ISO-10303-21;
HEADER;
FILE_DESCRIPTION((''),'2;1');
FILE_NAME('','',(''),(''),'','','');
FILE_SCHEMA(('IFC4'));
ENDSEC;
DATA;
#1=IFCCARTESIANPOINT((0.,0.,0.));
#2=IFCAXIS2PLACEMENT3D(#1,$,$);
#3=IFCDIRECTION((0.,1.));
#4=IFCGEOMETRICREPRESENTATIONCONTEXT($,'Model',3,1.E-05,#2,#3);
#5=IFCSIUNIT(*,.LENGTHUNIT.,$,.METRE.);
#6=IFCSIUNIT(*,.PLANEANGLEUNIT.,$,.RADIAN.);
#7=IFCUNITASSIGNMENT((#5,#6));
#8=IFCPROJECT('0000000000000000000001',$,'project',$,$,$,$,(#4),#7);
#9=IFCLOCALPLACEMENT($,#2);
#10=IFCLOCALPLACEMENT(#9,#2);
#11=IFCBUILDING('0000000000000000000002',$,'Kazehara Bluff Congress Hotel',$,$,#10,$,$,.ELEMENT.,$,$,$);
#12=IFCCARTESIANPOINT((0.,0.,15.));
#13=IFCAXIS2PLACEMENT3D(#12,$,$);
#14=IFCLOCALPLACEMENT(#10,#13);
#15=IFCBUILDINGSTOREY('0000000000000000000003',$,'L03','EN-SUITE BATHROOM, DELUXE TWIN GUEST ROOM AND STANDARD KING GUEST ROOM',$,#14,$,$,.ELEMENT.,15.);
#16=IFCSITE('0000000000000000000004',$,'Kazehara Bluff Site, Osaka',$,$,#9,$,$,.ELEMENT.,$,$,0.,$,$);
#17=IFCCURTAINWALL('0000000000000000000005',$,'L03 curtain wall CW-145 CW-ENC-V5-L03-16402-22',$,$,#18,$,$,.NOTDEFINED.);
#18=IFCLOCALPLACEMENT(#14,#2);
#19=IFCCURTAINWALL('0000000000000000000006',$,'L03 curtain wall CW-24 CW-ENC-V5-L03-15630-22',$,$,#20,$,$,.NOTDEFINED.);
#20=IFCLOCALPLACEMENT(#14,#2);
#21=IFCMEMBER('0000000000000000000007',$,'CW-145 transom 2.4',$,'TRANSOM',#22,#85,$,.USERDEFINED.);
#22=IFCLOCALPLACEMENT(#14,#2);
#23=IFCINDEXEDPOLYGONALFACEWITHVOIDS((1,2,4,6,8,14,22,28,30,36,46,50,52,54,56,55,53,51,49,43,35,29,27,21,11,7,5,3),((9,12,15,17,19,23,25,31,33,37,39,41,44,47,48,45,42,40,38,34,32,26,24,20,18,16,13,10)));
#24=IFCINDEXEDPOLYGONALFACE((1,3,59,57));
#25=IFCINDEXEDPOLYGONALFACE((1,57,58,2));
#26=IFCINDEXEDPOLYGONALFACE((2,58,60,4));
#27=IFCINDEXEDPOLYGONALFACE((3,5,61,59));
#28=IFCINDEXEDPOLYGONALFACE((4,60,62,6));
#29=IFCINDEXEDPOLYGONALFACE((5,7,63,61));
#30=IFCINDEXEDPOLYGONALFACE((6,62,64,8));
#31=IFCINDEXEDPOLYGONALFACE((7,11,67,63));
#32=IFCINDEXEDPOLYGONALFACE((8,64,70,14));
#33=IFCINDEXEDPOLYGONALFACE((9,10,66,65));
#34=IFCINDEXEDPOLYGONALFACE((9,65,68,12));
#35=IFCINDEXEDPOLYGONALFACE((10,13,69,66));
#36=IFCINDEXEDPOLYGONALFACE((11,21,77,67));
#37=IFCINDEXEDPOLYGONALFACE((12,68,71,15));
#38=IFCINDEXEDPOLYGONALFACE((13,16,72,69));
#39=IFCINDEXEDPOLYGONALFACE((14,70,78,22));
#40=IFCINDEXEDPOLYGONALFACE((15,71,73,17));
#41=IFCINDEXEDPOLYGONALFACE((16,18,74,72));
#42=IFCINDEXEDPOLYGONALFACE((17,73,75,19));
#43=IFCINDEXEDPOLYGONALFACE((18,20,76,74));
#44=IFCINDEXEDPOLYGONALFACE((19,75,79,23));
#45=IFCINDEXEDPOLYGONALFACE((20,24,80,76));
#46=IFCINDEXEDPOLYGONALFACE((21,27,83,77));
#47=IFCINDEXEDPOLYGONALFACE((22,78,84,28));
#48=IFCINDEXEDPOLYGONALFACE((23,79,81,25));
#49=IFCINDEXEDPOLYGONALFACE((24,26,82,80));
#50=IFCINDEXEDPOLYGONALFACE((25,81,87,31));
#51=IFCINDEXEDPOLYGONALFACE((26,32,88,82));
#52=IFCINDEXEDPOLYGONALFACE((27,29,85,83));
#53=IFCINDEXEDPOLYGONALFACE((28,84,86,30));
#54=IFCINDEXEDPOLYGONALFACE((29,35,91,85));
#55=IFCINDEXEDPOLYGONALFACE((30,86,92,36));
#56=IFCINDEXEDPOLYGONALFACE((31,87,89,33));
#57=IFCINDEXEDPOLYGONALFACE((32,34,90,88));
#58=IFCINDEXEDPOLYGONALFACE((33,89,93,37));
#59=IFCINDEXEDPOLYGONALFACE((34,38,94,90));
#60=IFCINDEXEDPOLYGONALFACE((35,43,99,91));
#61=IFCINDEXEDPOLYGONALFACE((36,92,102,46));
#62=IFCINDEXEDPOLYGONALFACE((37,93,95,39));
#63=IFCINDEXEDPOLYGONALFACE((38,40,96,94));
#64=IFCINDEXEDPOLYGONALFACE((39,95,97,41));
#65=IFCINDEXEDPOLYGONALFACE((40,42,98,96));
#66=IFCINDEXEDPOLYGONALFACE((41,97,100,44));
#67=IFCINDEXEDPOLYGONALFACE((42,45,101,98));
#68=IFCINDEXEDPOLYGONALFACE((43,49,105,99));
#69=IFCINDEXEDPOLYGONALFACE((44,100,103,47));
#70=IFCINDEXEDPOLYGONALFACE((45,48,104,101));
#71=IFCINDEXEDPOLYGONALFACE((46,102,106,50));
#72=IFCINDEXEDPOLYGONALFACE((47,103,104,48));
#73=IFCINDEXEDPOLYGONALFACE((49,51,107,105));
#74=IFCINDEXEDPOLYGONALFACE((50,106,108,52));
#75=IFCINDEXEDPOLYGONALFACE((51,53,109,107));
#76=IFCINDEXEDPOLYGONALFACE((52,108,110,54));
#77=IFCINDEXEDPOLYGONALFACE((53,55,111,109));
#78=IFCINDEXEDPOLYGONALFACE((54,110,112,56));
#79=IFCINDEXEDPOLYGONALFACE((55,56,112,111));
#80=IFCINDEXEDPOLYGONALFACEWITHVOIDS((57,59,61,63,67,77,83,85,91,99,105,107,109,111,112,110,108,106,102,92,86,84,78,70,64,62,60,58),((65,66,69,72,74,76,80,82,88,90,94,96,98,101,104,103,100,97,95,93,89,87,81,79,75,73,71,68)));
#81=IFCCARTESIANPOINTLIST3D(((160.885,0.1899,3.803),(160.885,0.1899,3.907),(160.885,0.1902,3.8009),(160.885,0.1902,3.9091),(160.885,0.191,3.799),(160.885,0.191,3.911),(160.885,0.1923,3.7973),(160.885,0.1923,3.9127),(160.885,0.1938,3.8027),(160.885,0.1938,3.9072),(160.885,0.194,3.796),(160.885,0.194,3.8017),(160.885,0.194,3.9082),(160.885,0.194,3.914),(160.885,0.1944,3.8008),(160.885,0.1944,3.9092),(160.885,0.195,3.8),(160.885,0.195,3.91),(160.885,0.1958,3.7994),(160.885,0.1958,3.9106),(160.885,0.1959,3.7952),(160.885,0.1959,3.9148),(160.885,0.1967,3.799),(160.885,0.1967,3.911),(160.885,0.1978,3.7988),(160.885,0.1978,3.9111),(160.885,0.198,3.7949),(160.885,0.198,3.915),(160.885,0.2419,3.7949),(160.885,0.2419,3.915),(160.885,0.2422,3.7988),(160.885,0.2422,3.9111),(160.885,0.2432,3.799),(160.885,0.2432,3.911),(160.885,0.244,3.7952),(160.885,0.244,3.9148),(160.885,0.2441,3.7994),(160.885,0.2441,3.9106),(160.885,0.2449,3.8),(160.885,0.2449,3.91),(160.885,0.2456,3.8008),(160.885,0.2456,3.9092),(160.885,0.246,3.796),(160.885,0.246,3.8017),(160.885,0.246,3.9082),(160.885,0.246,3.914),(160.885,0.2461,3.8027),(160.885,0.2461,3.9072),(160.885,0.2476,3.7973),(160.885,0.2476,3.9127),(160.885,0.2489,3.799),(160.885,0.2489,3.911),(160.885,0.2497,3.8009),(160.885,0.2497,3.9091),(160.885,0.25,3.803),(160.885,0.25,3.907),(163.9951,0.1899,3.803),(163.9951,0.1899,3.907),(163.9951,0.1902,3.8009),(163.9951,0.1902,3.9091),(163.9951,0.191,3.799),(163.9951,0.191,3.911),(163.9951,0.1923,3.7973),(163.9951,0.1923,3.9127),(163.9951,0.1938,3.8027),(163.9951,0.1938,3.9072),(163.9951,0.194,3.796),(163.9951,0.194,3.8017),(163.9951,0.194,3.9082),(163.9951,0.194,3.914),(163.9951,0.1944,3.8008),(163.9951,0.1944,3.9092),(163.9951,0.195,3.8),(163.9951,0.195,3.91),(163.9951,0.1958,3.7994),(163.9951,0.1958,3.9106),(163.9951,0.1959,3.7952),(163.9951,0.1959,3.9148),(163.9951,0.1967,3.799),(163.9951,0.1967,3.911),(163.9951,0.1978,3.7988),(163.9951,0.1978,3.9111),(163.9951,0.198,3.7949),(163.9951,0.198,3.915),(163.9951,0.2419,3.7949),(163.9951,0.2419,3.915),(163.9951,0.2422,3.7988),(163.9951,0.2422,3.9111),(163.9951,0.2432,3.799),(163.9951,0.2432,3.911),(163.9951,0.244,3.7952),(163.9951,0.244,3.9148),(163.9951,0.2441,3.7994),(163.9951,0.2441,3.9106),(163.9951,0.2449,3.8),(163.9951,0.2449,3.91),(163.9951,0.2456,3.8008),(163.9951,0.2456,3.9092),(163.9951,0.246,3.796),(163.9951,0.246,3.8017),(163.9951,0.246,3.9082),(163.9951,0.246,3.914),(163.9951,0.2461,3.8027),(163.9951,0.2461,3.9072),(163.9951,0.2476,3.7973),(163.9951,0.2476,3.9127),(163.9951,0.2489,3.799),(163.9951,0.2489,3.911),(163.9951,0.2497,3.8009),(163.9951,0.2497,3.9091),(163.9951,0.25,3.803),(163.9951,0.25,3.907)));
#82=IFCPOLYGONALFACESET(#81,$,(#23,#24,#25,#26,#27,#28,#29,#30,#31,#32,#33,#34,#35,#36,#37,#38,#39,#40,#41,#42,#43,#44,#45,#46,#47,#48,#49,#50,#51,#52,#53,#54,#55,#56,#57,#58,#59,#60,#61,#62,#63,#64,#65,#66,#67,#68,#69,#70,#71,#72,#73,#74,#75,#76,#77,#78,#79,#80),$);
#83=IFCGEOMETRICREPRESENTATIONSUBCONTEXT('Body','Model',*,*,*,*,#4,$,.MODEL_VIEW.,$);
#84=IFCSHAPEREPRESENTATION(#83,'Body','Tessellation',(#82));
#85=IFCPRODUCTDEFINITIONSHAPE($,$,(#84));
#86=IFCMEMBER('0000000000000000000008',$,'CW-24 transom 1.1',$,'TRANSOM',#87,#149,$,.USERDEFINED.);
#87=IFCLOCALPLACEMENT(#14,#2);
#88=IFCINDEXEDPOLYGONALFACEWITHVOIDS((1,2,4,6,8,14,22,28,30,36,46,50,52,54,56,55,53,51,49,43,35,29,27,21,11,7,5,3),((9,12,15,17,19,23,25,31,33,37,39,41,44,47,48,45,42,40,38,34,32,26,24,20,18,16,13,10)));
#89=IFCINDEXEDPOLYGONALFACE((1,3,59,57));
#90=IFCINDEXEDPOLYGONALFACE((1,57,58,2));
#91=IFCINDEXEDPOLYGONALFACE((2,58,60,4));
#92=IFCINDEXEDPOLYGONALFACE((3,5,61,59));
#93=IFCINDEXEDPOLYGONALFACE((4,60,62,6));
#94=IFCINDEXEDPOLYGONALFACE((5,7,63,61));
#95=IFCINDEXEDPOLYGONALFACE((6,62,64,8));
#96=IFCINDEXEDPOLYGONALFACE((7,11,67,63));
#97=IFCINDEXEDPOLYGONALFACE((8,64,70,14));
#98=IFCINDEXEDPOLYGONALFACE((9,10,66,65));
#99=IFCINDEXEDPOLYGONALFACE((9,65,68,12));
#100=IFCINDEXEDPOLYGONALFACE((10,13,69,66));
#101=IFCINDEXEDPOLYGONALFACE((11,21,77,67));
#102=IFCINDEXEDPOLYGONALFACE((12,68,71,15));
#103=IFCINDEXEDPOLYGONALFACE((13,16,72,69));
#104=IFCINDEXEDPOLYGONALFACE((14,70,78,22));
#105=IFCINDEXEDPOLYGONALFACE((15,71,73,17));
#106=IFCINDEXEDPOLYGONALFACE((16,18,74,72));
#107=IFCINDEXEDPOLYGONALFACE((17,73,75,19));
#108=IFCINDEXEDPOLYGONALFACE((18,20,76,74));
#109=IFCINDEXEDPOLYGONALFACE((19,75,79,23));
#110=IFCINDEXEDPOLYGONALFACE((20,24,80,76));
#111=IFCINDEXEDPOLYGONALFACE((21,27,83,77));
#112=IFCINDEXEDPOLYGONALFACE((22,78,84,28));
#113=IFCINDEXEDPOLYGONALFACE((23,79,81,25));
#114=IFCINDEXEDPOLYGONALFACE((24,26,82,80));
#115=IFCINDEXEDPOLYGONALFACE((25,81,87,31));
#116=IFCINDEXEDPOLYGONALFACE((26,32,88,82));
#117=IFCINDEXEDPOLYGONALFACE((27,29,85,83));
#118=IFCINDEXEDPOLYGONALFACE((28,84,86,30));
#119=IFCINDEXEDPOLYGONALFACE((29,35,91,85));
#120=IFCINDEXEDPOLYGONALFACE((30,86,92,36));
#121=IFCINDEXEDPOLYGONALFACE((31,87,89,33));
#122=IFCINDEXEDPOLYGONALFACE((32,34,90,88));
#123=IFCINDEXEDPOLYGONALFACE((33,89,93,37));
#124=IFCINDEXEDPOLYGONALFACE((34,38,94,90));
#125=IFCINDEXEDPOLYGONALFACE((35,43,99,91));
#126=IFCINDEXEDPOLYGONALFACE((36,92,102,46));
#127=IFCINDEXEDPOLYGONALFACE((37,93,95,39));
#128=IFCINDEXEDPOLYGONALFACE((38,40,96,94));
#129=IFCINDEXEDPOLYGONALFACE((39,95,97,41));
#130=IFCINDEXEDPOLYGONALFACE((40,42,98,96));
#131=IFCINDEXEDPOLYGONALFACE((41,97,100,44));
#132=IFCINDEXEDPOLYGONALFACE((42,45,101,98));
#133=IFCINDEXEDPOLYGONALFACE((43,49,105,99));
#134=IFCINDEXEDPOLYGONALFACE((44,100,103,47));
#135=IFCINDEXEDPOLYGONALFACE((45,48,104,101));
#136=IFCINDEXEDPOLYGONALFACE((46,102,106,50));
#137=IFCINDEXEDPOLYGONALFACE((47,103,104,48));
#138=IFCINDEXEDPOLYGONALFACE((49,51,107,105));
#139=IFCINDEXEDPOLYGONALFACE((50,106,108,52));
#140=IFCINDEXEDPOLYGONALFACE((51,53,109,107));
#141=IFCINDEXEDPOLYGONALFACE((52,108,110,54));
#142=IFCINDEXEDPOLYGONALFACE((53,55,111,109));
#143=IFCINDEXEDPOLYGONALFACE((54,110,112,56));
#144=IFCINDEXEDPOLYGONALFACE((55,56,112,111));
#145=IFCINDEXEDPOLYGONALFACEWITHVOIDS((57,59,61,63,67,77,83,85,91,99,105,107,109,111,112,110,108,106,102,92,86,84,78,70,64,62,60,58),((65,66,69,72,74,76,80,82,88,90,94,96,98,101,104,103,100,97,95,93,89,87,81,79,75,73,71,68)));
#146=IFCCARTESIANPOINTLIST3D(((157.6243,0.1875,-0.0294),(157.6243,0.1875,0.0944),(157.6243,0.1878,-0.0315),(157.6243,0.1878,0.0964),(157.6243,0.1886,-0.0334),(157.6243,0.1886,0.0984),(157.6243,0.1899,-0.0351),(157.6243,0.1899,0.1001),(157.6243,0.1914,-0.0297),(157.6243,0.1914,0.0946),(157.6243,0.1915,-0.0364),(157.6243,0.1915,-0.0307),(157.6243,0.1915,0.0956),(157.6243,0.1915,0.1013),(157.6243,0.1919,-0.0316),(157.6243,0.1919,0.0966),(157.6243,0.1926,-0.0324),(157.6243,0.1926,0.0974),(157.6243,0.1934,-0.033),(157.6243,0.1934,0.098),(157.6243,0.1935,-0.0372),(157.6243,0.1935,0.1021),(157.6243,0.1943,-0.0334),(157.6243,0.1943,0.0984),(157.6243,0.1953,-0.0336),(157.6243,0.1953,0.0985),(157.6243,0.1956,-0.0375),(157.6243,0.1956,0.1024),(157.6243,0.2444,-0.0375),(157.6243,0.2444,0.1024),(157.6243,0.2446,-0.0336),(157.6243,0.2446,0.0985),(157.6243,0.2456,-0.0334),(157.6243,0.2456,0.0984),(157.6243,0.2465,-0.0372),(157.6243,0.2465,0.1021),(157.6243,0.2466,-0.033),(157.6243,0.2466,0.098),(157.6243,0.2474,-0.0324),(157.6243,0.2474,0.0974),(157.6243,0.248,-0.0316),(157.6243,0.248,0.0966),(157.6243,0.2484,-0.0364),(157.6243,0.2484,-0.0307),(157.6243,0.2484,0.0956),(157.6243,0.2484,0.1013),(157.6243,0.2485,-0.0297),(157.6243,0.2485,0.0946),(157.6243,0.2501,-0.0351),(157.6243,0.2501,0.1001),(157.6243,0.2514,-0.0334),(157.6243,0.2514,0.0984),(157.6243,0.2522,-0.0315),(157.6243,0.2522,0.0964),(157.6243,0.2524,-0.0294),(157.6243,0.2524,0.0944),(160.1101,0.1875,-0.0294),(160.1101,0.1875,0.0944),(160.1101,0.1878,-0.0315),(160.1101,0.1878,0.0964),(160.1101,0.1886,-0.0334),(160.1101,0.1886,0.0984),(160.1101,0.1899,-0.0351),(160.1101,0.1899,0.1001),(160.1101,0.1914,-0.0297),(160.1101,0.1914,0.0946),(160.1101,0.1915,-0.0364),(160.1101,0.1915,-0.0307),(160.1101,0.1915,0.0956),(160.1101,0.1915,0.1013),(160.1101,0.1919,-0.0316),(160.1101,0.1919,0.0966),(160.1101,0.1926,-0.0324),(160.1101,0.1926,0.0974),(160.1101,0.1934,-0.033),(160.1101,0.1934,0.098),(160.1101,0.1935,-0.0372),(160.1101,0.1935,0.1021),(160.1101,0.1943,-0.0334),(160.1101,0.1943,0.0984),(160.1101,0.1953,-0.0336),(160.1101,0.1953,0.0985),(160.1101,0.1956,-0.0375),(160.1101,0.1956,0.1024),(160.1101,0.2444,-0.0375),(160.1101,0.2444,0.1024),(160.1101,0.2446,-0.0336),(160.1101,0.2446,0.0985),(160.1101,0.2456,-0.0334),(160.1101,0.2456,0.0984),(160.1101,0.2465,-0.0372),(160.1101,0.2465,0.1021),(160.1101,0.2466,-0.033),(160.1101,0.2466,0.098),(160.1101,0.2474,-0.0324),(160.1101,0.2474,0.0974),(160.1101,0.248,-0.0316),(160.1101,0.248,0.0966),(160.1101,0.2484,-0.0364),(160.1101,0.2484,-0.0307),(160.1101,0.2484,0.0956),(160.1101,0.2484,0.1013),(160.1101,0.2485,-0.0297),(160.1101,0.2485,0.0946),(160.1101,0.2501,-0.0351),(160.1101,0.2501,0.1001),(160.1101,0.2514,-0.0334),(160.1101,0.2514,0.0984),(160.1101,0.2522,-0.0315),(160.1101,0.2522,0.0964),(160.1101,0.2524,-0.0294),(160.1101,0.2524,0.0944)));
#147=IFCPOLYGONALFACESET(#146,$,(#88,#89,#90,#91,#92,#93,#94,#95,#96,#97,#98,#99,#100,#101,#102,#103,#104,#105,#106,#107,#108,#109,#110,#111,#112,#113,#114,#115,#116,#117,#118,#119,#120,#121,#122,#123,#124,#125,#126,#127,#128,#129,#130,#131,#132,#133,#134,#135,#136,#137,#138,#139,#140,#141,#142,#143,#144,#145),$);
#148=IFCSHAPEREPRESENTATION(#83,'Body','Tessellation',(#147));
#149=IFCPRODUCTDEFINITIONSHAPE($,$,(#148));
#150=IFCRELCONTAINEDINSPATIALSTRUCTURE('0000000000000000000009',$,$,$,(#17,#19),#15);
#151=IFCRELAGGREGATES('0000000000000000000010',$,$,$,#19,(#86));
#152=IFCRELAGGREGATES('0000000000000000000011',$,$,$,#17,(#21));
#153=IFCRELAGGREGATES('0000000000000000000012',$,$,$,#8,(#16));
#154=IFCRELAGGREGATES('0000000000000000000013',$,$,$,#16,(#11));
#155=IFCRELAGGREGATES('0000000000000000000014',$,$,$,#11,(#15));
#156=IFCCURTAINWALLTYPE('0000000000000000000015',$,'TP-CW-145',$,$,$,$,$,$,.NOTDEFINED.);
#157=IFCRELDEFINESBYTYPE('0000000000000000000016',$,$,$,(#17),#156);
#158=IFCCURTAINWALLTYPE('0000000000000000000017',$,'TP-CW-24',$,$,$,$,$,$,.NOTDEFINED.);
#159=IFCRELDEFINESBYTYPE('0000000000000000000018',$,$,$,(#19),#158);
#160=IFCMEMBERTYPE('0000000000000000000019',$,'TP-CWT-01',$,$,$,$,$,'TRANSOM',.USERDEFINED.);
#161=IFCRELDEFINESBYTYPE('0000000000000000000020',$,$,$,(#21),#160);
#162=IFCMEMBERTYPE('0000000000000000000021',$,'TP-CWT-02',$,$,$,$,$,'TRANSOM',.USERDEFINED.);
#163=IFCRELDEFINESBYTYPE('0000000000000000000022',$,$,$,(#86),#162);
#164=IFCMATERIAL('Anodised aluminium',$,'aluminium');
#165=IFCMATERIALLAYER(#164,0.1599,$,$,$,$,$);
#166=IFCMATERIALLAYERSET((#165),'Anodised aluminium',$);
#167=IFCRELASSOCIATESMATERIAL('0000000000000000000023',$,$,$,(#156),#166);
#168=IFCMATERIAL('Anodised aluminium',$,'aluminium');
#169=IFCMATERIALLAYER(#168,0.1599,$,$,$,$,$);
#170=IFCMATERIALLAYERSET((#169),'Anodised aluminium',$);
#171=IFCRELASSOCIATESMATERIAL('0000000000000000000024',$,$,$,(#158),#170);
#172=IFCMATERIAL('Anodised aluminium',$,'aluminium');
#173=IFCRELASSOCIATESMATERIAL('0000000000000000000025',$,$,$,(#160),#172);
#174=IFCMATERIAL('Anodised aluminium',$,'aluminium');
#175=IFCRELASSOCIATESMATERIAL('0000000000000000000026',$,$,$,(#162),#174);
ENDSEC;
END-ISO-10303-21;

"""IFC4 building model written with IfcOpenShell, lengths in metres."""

from ifc_helpers import new_model, si_unit, direction, frame, origin, origin_2d, place, context, subcontext, project, spatial, hollow_rectangle, extrude, material, layer, layer_set, material_profile, profile_set, type_object, element, aggregate, save


model = new_model("IFC4")

# Units and contexts
model_context = context("Model", 3, precision=1e-05, world=origin(), true_north=direction((0.0, 1.0)))
body_context = subcontext(model_context, "Body", "Model", "MODEL_VIEW")
ifc_project = project(units=[si_unit("LENGTHUNIT", "METRE"), si_unit("PLANEANGLEUNIT", "RADIAN")], contexts=[model_context])

# Site, building, storey
site_placement = place(None, origin())
site = spatial("IfcSite", under=ifc_project, at=site_placement, Name="Kazehara Bluff Site, Osaka", CompositionType="ELEMENT", RefElevation=0.0)
building_placement = place(site_placement, origin())
building = spatial("IfcBuilding", under=site, at=building_placement, Name="Kazehara Bluff Congress Hotel", CompositionType="ELEMENT")
storey_placement = place(building_placement, frame((0.0, 0.0, 15.0)))
storey = spatial("IfcBuildingStorey", under=building, at=storey_placement, Name="L03", Description="EN-SUITE BATHROOM, DELUXE TWIN GUEST ROOM AND STANDARD KING GUEST ROOM", CompositionType="ELEMENT", Elevation=15.0)

# Curtain walls
ifc_material_1 = material(Name="Anodised aluminium", Category="aluminium")
ifc_layer_1 = layer(ifc_material_1, 0.1599)
ifc_layer_set_1 = layer_set([ifc_layer_1], Name="Anodised aluminium")
curtain_wall_type_1 = type_object("IfcCurtainWallType", Name="TP-CW-145", PredefinedType="NOTDEFINED", material=ifc_layer_set_1)
curtain_wall_1_placement = place(storey_placement, origin())
curtain_wall_1 = element("IfcCurtainWall", 1, at=curtain_wall_1_placement, inside=storey, type_object=curtain_wall_type_1, Name="L03 curtain wall CW-145 CW-ENC-V5-L03-16402-22", PredefinedType="NOTDEFINED")
ifc_material_2 = material(Name="Anodised aluminium", Category="aluminium")
ifc_layer_2 = layer(ifc_material_2, 0.1599)
ifc_layer_set_2 = layer_set([ifc_layer_2], Name="Anodised aluminium")
curtain_wall_type_2 = type_object("IfcCurtainWallType", Name="TP-CW-24", PredefinedType="NOTDEFINED", material=ifc_layer_set_2)
curtain_wall_2_placement = place(storey_placement, origin())
curtain_wall_2 = element("IfcCurtainWall", 2, at=curtain_wall_2_placement, inside=storey, type_object=curtain_wall_type_2, Name="L03 curtain wall CW-24 CW-ENC-V5-L03-15630-22", PredefinedType="NOTDEFINED")

# Members
ifc_material_3 = material(Name="Anodised aluminium", Category="aluminium")
ifc_material_profile_1 = material_profile(ifc_material_3, hollow_rectangle(XDim=0.0601, YDim=0.1201, WallThickness=0.0039, InnerFilletRadius=0.0039, OuterFilletRadius=0.0081, at=origin_2d()))
ifc_profile_set_1 = profile_set([ifc_material_profile_1], Name="Anodised aluminium")
member_type_1 = type_object("IfcMemberType", Name="TP-CWT-01", ElementType="TRANSOM", PredefinedType="USERDEFINED", material=ifc_profile_set_1)
member_1_placement = place(storey_placement, frame((163.9951, 0.22, 3.855), z_axis=(-1.0, 0.0, 0.0), x_axis=(0.0, -1.0, 0.0)))
member_1 = element("IfcMember", 3, at=member_1_placement, type_object=member_type_1, Name="CW-145 transom 2.4", ObjectType="TRANSOM", PredefinedType="USERDEFINED", context=body_context, shape_type="SweptSolid", body=[
    extrude(hollow_rectangle(XDim=0.0601, YDim=0.1201, WallThickness=0.0039, InnerFilletRadius=0.0039, OuterFilletRadius=0.0081, at=origin_2d()), origin(), (0.0, 0.0, 1.0), 3.1101),
])
ifc_material_4 = material(Name="Anodised aluminium", Category="aluminium")
ifc_material_profile_2 = material_profile(ifc_material_4, hollow_rectangle(XDim=0.0649, YDim=0.1399, WallThickness=0.0039, InnerFilletRadius=0.0039, OuterFilletRadius=0.0081, at=origin_2d()))
ifc_profile_set_2 = profile_set([ifc_material_profile_2], Name="Anodised aluminium")
member_type_2 = type_object("IfcMemberType", Name="TP-CWT-02", ElementType="TRANSOM", PredefinedType="USERDEFINED", material=ifc_profile_set_2)
member_2_placement = place(storey_placement, frame((160.1101, 0.22, 0.0325), z_axis=(-1.0, 0.0, 0.0), x_axis=(0.0, -1.0, 0.0)))
member_2 = element("IfcMember", 4, at=member_2_placement, type_object=member_type_2, Name="CW-24 transom 1.1", ObjectType="TRANSOM", PredefinedType="USERDEFINED", context=body_context, shape_type="SweptSolid", body=[
    extrude(hollow_rectangle(XDim=0.0649, YDim=0.1399, WallThickness=0.0039, InnerFilletRadius=0.0039, OuterFilletRadius=0.0081, at=origin_2d()), origin(), (0.0, 0.0, 1.0), 2.4858),
])

aggregate(curtain_wall_2, [member_2])
aggregate(curtain_wall_1, [member_1])

save(model, "model.ifc")
